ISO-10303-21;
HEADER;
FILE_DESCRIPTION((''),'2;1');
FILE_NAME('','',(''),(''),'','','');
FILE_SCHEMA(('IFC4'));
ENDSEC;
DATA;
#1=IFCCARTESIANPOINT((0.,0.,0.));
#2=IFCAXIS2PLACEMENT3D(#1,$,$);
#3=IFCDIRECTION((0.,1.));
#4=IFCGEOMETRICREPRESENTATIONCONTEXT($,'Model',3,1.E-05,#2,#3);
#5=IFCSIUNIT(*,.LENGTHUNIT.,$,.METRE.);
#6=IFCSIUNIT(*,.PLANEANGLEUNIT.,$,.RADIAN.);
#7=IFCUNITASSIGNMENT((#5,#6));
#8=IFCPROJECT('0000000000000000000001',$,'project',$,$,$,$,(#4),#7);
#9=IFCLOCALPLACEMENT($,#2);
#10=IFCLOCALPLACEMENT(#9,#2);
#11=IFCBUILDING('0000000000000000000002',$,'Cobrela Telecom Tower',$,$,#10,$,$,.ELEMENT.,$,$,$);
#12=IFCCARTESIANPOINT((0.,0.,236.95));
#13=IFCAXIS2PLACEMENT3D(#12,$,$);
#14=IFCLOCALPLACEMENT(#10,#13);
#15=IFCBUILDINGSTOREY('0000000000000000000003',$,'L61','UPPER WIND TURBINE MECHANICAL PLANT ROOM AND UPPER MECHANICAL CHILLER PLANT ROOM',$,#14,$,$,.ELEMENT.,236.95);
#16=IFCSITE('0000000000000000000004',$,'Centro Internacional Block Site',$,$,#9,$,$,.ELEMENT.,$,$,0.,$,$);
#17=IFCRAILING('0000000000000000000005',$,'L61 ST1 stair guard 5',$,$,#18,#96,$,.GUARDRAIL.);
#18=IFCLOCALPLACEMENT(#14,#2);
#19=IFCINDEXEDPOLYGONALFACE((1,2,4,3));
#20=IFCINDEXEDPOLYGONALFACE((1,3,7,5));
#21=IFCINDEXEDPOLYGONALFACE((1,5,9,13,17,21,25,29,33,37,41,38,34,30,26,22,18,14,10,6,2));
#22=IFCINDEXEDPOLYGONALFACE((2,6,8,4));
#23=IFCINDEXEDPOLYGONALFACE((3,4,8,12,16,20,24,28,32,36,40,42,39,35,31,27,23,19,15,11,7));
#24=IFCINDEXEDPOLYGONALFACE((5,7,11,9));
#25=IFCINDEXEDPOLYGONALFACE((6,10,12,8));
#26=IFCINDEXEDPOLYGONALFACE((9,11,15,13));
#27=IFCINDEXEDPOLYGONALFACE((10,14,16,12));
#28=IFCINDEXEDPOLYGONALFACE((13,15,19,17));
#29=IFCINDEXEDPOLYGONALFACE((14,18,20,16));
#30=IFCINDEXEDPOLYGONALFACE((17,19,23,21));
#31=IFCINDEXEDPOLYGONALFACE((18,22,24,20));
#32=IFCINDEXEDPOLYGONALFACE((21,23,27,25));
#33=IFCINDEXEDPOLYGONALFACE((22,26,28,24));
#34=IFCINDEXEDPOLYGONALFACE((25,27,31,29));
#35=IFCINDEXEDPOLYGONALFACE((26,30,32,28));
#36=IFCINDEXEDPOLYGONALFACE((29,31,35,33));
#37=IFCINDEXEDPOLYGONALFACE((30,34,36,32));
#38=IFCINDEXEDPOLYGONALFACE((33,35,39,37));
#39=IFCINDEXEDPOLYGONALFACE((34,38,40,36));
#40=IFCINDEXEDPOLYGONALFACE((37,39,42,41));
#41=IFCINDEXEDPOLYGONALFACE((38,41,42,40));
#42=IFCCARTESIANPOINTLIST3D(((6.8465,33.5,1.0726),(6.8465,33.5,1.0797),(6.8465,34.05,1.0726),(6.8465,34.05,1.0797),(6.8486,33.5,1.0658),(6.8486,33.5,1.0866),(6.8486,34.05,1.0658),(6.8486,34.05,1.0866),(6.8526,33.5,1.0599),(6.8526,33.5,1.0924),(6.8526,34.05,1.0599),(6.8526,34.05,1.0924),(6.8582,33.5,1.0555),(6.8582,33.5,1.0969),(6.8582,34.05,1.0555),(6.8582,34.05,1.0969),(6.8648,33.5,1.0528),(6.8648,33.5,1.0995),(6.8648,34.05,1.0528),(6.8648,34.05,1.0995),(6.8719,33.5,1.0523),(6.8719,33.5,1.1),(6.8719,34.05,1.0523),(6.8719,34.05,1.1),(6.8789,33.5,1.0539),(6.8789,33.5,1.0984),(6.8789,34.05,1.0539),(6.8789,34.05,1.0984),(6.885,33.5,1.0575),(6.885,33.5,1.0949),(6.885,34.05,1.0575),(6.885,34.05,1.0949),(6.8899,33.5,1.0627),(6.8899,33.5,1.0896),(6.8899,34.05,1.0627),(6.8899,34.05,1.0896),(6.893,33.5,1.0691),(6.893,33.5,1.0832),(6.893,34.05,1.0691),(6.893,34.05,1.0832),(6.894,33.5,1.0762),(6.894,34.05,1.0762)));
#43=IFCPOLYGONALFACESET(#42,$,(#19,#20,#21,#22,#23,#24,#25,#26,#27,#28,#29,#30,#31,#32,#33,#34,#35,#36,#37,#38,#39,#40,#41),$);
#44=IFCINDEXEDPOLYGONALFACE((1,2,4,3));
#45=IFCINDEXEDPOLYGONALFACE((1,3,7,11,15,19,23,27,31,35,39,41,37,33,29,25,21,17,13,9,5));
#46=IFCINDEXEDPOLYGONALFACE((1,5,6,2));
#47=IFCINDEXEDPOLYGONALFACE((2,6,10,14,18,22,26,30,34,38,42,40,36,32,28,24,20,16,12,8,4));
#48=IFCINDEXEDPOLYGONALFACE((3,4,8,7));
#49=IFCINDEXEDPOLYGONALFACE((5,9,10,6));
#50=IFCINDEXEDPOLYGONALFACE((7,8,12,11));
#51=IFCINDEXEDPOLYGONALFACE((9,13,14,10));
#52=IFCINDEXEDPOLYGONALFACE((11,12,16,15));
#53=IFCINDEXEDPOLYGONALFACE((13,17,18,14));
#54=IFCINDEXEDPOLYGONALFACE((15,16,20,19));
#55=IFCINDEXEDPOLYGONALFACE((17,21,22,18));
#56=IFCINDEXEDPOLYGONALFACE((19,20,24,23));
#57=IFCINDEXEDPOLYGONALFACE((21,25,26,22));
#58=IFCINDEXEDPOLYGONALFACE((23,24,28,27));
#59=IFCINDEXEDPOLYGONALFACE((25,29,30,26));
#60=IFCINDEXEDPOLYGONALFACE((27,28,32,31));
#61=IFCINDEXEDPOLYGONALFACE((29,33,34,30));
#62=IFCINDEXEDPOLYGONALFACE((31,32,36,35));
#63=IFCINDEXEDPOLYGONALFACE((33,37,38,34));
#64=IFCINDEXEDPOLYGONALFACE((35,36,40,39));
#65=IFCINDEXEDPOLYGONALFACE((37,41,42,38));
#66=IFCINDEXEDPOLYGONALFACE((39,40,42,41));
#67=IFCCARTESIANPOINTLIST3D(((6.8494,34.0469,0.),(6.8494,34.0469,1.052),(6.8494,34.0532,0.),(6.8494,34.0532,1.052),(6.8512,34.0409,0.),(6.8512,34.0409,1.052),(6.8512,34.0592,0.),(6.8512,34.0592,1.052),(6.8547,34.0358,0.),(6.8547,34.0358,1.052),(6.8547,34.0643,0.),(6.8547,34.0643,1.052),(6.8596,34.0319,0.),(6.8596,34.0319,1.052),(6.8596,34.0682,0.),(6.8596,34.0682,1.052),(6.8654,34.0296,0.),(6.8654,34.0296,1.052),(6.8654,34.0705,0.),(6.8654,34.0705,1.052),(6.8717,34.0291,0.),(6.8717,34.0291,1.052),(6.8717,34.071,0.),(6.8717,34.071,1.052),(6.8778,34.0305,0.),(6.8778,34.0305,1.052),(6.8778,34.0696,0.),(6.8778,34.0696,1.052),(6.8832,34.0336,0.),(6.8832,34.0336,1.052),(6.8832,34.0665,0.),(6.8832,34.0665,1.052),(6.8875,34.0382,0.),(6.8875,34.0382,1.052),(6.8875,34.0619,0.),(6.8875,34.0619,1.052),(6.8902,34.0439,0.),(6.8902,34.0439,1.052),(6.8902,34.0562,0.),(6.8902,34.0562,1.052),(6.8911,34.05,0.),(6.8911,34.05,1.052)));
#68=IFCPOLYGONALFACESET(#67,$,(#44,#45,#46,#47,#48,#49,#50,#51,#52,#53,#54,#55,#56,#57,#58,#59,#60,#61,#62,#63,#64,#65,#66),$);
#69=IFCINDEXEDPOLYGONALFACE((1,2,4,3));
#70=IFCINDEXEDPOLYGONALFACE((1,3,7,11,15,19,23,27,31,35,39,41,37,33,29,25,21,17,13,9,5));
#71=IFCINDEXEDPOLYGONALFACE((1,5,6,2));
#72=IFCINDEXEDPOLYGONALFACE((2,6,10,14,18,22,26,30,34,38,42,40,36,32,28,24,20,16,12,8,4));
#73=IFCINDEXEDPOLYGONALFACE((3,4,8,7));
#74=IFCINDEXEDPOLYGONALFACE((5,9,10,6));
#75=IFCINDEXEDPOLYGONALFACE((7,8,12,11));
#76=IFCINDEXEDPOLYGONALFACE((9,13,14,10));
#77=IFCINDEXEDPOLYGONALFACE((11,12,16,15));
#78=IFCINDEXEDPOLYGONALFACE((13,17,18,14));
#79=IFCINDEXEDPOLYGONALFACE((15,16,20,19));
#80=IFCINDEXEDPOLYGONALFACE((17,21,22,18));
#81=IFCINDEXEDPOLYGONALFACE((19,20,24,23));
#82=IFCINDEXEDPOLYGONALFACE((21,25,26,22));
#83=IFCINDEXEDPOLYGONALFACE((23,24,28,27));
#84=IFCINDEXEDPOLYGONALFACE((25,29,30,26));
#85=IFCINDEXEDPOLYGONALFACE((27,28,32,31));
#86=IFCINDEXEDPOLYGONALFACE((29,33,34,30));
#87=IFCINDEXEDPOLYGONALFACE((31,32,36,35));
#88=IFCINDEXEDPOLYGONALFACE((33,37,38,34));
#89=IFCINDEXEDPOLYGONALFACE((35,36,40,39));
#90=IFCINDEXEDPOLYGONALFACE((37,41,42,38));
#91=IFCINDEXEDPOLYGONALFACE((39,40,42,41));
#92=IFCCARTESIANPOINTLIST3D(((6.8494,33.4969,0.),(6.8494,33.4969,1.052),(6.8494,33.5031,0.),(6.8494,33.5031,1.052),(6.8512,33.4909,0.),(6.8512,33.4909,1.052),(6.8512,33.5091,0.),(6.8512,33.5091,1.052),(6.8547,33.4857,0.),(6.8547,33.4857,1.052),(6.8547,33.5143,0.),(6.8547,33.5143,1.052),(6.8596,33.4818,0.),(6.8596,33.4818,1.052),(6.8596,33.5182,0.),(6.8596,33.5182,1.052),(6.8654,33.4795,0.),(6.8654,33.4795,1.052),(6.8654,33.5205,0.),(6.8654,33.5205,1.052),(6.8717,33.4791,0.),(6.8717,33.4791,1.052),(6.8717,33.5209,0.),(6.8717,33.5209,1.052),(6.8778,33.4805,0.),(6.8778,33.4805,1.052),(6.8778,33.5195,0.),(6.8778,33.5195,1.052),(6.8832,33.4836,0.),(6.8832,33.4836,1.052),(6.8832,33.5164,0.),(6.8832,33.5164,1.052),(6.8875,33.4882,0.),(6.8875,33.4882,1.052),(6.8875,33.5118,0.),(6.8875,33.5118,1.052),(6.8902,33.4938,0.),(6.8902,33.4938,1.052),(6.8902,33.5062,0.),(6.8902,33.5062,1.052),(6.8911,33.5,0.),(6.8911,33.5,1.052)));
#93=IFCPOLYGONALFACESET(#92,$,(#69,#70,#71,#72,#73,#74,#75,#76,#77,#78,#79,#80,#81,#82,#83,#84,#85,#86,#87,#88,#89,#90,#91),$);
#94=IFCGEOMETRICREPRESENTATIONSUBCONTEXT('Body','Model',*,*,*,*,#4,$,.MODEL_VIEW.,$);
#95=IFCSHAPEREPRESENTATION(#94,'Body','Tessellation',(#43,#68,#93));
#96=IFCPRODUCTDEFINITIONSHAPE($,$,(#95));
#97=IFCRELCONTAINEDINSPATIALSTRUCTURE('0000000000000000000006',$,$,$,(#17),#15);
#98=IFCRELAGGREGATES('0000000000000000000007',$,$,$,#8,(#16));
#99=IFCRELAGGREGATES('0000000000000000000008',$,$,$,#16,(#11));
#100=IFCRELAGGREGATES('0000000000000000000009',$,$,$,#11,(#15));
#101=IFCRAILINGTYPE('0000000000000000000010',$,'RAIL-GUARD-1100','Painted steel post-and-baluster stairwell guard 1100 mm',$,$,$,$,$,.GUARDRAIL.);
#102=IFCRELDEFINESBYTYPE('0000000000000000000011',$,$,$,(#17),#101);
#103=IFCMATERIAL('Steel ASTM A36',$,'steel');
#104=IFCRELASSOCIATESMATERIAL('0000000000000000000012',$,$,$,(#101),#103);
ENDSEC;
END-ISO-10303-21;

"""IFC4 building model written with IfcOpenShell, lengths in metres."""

from ifc_helpers import new_model, si_unit, direction, frame, origin, origin_2d, place, context, subcontext, project, spatial, circle, extrude, material, type_object, element, save


model = new_model("IFC4")

# Units and contexts
model_context = context("Model", 3, precision=1e-05, world=origin(), true_north=direction((0.0, 1.0)))
body_context = subcontext(model_context, "Body", "Model", "MODEL_VIEW")
ifc_project = project(units=[si_unit("LENGTHUNIT", "METRE"), si_unit("PLANEANGLEUNIT", "RADIAN")], contexts=[model_context])

# Site, building, storey
site_placement = place(None, origin())
site = spatial("IfcSite", under=ifc_project, at=site_placement, Name="Centro Internacional Block Site", CompositionType="ELEMENT", RefElevation=0.0)
building_placement = place(site_placement, origin())
building = spatial("IfcBuilding", under=site, at=building_placement, Name="Cobrela Telecom Tower", CompositionType="ELEMENT")
storey_placement = place(building_placement, frame((0.0, 0.0, 236.95)))
storey = spatial("IfcBuildingStorey", under=building, at=storey_placement, Name="L61", Description="UPPER WIND TURBINE MECHANICAL PLANT ROOM AND UPPER MECHANICAL CHILLER PLANT ROOM", CompositionType="ELEMENT", Elevation=236.95)

# Shared definitions
ifc_material_1 = material(Name="Steel ASTM A36", Category="steel")

# Railing
railing_type_1 = type_object("IfcRailingType", Name="RAIL-GUARD-1100", Description="Painted steel post-and-baluster stairwell guard 1100 mm", PredefinedType="GUARDRAIL", material=ifc_material_1)
railing_1_placement = place(storey_placement, frame((6.8701, 34.05, 0.0)))
element("IfcRailing", 1, at=railing_1_placement, inside=storey, type_object=railing_type_1, Name="L61 ST1 stair guard 5", PredefinedType="GUARDRAIL", context=body_context, shape_type="SweptSolid", body=[
    extrude(circle(Radius=0.0239, at=origin_2d()), frame((0.0, 0.0, 1.0762), z_axis=(0.0, -1.0, 0.0), x_axis=(1.0, 0.0, 0.0)), (0.0, 0.0, 1.0), 0.55),
    extrude(circle(Radius=0.021, at=origin_2d()), origin(), (0.0, 0.0, 1.0), 1.052),
    extrude(circle(Radius=0.021, at=origin_2d()), frame((0.0, -0.55, 0.0)), (0.0, 0.0, 1.0), 1.052),
])

save(model, "model.ifc")
